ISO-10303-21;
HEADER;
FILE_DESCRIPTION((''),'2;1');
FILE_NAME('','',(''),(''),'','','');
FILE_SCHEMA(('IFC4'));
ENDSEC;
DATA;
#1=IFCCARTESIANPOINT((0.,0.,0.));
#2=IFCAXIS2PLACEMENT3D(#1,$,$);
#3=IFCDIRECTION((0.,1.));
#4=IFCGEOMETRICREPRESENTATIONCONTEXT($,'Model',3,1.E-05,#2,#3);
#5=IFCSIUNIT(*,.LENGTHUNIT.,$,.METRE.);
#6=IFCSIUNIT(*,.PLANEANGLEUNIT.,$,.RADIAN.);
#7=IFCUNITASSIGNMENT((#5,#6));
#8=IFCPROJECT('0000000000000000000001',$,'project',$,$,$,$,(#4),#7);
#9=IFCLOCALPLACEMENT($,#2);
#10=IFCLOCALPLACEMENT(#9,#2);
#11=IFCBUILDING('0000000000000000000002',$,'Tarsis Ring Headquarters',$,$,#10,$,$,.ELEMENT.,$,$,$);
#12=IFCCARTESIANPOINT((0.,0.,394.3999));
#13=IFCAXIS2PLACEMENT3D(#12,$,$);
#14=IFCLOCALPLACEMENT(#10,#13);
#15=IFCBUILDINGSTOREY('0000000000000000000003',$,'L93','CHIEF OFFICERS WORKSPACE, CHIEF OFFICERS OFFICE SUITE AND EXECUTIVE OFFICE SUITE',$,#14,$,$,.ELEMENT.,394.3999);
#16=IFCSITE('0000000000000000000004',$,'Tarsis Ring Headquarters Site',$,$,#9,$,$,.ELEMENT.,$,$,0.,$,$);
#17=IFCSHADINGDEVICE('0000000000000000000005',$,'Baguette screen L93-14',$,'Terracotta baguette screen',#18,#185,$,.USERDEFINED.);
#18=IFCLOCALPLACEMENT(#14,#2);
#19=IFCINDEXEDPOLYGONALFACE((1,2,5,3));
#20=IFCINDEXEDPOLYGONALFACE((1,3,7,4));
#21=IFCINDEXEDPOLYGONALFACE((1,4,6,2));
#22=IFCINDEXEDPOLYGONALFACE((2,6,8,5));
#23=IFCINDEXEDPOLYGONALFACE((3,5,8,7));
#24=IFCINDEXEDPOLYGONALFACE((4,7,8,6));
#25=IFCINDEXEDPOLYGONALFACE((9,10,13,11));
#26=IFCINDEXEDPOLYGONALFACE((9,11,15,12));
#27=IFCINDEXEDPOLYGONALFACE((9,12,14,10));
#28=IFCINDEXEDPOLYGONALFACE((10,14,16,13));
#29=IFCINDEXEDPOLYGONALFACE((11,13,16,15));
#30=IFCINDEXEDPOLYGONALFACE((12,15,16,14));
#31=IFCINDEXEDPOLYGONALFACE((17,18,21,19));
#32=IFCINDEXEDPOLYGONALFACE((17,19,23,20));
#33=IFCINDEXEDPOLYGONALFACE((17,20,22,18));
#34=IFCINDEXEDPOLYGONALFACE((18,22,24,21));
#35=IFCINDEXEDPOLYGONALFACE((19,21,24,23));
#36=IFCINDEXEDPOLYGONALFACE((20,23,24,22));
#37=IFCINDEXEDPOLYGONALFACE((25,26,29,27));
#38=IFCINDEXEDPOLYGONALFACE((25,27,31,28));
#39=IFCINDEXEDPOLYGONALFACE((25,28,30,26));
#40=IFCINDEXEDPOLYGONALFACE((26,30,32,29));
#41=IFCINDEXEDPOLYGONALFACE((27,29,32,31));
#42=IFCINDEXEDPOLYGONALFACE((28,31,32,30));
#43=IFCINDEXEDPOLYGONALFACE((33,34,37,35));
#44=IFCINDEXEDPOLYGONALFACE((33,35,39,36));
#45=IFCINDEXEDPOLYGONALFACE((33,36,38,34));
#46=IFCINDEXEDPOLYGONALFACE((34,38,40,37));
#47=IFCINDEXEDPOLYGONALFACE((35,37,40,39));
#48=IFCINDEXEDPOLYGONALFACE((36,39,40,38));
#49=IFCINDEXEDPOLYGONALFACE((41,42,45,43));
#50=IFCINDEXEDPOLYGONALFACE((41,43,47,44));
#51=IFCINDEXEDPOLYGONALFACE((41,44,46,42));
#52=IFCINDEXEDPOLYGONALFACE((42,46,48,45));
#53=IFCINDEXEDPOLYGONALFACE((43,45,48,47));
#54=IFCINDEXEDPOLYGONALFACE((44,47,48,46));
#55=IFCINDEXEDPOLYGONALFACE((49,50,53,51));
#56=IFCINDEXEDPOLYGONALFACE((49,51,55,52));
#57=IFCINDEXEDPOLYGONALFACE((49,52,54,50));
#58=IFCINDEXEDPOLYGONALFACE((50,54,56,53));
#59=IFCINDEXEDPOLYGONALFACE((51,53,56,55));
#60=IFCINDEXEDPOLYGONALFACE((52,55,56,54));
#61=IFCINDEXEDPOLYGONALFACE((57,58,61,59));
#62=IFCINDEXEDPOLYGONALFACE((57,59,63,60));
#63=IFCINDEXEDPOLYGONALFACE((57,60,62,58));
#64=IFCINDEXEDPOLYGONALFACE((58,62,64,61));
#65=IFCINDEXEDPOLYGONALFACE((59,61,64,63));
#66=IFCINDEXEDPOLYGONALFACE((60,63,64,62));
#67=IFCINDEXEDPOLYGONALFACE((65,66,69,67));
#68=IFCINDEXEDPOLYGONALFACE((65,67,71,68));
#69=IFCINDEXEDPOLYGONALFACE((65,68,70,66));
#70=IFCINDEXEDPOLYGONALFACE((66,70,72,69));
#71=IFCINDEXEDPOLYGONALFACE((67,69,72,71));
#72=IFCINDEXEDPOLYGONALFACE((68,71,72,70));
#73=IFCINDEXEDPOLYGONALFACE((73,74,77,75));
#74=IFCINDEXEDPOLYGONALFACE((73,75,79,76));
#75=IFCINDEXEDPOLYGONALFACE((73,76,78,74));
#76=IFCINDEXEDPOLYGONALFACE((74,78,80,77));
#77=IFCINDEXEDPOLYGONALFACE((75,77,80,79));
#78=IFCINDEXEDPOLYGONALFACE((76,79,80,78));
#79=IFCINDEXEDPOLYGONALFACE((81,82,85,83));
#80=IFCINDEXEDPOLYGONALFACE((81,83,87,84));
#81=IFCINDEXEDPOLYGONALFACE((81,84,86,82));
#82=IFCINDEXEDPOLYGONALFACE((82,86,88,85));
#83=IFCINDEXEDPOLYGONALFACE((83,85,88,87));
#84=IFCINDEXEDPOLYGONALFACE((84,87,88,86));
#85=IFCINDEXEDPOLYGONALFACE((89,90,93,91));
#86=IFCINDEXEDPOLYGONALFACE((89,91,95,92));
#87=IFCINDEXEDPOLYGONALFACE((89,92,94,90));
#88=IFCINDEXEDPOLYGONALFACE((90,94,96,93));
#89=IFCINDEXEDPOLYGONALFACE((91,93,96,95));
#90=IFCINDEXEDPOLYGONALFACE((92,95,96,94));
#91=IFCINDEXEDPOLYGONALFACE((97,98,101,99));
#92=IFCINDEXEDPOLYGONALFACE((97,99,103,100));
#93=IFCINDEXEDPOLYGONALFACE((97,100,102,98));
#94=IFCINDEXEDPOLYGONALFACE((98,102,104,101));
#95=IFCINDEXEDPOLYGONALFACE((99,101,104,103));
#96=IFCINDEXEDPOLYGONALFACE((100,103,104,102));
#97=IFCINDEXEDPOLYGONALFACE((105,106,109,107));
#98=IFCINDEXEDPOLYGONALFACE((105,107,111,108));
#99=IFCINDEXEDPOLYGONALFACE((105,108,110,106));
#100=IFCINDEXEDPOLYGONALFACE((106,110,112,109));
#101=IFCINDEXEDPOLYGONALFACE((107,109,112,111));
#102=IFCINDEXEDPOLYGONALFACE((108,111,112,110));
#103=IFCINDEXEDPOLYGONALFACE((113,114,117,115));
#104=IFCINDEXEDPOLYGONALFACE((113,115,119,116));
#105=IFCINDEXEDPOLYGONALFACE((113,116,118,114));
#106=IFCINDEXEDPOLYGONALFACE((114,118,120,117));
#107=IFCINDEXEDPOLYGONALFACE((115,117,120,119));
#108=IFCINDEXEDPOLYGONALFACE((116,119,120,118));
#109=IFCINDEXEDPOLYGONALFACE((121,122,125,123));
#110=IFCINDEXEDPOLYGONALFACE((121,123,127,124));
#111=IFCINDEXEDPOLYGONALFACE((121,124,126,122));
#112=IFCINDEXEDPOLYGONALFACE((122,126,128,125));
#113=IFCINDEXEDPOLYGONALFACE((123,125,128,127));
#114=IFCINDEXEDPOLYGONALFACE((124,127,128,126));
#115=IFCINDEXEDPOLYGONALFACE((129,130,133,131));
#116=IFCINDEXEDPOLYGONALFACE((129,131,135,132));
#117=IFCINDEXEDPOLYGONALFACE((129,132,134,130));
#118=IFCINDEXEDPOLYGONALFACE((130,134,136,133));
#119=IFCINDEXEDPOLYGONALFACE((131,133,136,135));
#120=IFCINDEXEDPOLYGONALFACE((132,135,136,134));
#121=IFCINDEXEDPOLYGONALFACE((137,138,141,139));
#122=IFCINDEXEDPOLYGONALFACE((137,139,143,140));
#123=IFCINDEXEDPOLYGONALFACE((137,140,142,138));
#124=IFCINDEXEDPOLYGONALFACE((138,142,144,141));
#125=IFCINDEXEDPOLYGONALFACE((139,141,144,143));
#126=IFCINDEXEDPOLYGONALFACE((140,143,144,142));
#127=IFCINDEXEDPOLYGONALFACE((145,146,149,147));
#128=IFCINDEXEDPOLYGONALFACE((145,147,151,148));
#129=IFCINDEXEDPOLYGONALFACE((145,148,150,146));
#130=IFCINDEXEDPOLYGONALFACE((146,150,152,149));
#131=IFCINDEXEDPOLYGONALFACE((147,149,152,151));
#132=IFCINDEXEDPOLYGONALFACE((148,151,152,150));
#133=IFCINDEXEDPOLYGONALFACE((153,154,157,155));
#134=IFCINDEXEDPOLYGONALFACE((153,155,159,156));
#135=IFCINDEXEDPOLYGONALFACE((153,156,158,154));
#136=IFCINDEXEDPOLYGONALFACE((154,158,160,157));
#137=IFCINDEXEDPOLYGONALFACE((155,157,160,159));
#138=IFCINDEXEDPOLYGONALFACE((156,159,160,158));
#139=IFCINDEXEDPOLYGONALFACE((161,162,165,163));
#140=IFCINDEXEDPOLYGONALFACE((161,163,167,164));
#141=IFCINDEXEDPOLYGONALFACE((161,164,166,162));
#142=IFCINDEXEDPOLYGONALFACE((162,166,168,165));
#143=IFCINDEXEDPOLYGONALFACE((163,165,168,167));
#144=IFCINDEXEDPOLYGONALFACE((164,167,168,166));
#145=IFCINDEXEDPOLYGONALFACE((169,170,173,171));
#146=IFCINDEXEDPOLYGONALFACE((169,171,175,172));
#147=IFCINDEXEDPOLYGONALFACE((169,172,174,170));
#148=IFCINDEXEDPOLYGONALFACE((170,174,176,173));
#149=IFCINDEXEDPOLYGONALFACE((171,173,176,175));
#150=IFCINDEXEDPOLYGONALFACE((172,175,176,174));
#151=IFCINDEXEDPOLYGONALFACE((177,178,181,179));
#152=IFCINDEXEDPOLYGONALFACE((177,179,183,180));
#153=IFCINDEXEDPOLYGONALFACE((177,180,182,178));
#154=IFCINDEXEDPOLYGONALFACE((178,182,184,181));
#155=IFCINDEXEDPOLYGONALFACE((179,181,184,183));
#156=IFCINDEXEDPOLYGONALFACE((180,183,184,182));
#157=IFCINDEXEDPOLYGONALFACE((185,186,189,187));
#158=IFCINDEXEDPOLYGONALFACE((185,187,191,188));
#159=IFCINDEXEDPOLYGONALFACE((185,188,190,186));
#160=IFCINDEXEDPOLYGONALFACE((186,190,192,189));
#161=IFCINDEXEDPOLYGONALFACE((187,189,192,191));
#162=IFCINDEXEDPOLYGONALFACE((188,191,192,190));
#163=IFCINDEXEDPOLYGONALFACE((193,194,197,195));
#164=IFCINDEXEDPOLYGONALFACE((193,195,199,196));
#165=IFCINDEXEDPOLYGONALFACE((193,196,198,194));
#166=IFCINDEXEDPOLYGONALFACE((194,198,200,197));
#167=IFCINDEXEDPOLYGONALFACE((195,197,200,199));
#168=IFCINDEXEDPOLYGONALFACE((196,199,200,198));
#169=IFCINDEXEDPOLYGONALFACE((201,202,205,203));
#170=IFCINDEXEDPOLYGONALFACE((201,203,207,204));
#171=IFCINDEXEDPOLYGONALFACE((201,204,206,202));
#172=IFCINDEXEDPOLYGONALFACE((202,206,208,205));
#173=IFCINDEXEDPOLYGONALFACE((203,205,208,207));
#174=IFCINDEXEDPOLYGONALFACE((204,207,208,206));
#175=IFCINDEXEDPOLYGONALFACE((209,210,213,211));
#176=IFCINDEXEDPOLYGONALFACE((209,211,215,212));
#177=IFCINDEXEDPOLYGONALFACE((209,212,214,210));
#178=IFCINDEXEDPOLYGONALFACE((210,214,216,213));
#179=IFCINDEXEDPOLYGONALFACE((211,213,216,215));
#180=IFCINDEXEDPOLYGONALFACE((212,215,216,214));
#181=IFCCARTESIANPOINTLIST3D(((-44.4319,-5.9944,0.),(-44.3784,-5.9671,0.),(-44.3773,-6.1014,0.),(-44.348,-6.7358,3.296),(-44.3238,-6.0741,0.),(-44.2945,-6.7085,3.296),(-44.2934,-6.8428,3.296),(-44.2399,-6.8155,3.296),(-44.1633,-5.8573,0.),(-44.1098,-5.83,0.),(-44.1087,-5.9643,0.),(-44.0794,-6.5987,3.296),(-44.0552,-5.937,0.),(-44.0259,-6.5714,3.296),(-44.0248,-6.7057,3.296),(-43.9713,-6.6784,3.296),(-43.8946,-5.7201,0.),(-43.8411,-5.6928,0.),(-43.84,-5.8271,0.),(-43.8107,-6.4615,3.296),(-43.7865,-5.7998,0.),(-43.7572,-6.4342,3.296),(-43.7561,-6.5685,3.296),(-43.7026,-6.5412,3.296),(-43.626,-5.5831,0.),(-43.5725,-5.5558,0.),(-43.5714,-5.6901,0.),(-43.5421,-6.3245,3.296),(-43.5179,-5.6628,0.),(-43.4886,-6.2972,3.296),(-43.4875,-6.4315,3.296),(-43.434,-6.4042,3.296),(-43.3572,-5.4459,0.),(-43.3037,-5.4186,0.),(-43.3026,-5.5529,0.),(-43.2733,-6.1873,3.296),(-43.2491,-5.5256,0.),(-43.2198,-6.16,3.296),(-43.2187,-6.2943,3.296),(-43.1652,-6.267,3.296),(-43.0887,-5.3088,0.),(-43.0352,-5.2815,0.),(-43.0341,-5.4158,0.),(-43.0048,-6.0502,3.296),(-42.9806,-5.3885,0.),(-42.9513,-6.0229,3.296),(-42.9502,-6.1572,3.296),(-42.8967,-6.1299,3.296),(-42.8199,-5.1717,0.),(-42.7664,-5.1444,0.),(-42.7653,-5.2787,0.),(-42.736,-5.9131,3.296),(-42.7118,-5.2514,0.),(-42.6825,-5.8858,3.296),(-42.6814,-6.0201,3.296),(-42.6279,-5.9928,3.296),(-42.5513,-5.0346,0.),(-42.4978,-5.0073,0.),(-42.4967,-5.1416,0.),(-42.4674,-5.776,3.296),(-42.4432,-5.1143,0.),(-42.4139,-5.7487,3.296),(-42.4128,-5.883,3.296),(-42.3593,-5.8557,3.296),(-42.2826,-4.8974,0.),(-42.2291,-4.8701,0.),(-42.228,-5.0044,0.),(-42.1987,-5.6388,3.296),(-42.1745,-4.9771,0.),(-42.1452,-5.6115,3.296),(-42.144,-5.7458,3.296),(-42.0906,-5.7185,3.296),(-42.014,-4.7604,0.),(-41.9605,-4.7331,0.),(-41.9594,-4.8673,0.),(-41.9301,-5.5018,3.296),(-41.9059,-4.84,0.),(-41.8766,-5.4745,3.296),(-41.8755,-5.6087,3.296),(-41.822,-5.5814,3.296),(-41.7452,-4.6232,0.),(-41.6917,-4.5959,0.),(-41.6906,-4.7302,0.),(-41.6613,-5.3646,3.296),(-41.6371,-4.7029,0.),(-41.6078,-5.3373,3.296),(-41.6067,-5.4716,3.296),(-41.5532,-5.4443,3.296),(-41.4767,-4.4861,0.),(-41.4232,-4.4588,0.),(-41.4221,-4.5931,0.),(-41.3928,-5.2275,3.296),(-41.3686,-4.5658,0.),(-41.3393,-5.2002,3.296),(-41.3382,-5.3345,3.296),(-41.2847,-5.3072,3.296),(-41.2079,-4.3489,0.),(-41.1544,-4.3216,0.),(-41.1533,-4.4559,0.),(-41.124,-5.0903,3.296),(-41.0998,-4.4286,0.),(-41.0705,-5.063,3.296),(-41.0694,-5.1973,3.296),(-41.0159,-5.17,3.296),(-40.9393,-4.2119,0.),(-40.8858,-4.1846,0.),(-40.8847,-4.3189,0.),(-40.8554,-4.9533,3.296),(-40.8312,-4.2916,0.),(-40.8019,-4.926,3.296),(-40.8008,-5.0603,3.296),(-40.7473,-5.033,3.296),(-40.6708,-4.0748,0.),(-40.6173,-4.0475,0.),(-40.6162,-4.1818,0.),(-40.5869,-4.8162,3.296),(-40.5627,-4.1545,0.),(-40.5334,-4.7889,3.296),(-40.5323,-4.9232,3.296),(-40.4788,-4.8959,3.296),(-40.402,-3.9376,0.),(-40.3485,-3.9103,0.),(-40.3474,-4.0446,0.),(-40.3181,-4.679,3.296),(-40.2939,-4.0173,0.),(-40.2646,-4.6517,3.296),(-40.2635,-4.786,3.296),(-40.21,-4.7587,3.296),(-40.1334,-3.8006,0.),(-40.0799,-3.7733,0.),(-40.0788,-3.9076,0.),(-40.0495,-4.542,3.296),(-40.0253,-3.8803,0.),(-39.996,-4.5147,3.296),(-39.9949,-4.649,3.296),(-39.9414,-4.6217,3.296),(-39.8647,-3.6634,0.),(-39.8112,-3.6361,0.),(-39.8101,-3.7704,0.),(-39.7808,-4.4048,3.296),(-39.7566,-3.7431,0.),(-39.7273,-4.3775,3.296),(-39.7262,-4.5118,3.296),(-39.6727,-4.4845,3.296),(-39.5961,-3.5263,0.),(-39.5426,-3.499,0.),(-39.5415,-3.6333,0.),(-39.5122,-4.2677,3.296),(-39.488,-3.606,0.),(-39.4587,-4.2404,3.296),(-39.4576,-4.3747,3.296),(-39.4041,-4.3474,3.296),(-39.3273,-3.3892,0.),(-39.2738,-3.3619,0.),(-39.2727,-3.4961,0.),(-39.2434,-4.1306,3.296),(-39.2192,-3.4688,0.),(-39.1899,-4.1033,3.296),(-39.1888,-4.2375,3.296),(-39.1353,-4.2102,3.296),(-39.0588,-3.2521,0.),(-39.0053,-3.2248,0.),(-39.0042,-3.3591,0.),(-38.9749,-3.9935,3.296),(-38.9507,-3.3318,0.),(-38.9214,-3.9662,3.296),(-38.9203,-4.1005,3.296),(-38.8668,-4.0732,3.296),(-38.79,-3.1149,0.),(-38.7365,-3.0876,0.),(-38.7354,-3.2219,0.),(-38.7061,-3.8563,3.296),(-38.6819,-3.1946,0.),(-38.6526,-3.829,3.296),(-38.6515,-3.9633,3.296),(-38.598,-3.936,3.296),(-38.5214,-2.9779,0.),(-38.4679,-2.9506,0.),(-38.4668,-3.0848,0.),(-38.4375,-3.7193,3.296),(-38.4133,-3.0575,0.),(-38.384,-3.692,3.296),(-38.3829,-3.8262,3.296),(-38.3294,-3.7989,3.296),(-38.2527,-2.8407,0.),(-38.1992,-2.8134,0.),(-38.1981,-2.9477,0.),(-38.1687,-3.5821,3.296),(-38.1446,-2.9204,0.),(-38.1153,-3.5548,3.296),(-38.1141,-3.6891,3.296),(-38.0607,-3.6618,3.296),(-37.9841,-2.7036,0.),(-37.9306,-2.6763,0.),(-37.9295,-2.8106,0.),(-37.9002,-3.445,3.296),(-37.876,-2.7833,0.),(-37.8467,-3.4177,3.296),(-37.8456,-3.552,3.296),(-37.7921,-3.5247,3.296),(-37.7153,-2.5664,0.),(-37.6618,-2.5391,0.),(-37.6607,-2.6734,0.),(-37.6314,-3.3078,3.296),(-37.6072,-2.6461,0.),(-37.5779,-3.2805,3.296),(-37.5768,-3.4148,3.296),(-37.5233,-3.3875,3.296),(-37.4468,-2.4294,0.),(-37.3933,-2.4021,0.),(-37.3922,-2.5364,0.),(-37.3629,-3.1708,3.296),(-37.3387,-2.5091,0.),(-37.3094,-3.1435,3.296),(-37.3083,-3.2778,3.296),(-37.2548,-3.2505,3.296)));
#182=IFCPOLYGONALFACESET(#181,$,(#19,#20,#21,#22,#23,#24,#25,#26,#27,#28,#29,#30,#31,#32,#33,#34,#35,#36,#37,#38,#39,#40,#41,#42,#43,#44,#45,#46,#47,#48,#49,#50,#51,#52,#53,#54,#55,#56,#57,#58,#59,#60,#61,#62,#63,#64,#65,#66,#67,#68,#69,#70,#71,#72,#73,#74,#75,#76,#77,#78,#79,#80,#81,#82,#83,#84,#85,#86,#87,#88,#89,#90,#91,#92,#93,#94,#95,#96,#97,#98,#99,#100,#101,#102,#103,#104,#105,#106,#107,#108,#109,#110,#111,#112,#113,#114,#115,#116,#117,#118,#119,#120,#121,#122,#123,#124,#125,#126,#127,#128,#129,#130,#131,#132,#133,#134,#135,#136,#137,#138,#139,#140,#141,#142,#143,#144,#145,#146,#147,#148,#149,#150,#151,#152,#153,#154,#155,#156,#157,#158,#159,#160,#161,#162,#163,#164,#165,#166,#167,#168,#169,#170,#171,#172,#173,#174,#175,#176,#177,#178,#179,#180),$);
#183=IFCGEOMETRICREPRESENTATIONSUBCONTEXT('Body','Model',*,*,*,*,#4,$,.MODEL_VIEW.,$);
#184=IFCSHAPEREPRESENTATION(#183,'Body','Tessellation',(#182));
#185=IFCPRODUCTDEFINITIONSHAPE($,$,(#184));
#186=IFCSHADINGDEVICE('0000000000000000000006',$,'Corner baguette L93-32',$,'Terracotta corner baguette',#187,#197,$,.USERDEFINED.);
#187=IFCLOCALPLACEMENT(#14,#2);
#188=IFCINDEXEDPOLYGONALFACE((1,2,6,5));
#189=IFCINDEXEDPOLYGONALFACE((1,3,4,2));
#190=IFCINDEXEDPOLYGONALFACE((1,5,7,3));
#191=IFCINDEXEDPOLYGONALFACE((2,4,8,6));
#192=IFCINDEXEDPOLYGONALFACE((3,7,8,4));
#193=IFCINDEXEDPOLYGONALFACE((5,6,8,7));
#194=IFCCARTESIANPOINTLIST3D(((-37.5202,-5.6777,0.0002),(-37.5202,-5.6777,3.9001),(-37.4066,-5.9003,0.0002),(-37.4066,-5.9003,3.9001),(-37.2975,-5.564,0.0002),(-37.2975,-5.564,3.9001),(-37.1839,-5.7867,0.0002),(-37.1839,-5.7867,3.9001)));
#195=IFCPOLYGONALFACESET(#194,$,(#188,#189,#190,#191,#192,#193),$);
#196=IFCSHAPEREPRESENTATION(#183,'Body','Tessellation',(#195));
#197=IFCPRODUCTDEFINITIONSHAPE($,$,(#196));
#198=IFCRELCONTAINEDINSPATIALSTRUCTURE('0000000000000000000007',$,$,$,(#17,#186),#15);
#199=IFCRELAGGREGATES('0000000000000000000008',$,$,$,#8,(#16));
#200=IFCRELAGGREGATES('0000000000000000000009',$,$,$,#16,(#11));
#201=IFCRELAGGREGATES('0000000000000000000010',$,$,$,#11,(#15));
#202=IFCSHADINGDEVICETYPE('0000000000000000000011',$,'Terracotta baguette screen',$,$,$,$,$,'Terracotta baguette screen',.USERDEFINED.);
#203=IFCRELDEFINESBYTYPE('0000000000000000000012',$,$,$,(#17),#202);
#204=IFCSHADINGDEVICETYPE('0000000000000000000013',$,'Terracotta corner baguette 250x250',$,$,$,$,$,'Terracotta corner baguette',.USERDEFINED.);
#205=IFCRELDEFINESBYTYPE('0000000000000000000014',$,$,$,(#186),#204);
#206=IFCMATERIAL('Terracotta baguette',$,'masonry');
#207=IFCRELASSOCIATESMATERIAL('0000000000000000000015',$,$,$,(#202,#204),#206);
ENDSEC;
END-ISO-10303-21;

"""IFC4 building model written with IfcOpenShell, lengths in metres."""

from ifc_helpers import new_model, si_unit, direction, frame, frame_2d, origin, origin_2d, place, context, subcontext, project, spatial, rectangle, composite_profile, extrude, material, type_object, element, save


model = new_model("IFC4")

# Units and contexts
model_context = context("Model", 3, precision=1e-05, world=origin(), true_north=direction((0.0, 1.0)))
body_context = subcontext(model_context, "Body", "Model", "MODEL_VIEW")
ifc_project = project(units=[si_unit("LENGTHUNIT", "METRE"), si_unit("PLANEANGLEUNIT", "RADIAN")], contexts=[model_context])

# Site, building, storey
site_placement = place(None, origin())
site = spatial("IfcSite", under=ifc_project, at=site_placement, Name="Tarsis Ring Headquarters Site", CompositionType="ELEMENT", RefElevation=0.0)
building_placement = place(site_placement, origin())
building = spatial("IfcBuilding", under=site, at=building_placement, Name="Tarsis Ring Headquarters", CompositionType="ELEMENT")
storey_placement = place(building_placement, frame((0.0, 0.0, 394.3999)))
storey = spatial("IfcBuildingStorey", under=building, at=storey_placement, Name="L93", Description="CHIEF OFFICERS WORKSPACE, CHIEF OFFICERS OFFICE SUITE AND EXECUTIVE OFFICE SUITE", CompositionType="ELEMENT", Elevation=394.3999)

# Shading devices
ifc_material_1 = material(Name="Terracotta baguette", Category="masonry")
shading_device_type_1 = type_object("IfcShadingDeviceType", Name="Terracotta baguette screen", ElementType="Terracotta baguette screen", PredefinedType="USERDEFINED", material=ifc_material_1)
shading_device_1_placement = place(storey_placement, frame((-37.366, -2.4556, 0.0), z_axis=(0.0, 0.0, 1.0), x_axis=(-0.890695, -0.454585, 0.0)))
element("IfcShadingDevice", 1, at=shading_device_1_placement, inside=storey, type_object=shading_device_type_1, Name="Baguette screen L93-14", ObjectType="Terracotta baguette screen", PredefinedType="USERDEFINED", context=body_context, shape_type="SweptSolid", body=[
    extrude(composite_profile([rectangle(XDim=0.0601, YDim=0.1201, at=frame_2d((0.03, 0.0))), rectangle(XDim=0.0601, YDim=0.1201, at=frame_2d((0.3315, 0.0))), rectangle(XDim=0.0601, YDim=0.1201, at=frame_2d((0.6333, 0.0))), rectangle(XDim=0.0601, YDim=0.1201, at=frame_2d((0.9348, 0.0))), rectangle(XDim=0.0601, YDim=0.1201, at=frame_2d((1.2366, 0.0))), rectangle(XDim=0.0601, YDim=0.1201, at=frame_2d((1.5381, 0.0))), rectangle(XDim=0.0601, YDim=0.1201, at=frame_2d((1.8398, 0.0))), rectangle(XDim=0.0601, YDim=0.1201, at=frame_2d((2.1414, 0.0))), rectangle(XDim=0.0601, YDim=0.1201, at=frame_2d((2.4431, 0.0))), rectangle(XDim=0.0601, YDim=0.1201, at=frame_2d((2.7446, 0.0))), rectangle(XDim=0.0601, YDim=0.1201, at=frame_2d((3.0464, 0.0))), rectangle(XDim=0.0601, YDim=0.1201, at=frame_2d((3.3479, 0.0))), rectangle(XDim=0.0601, YDim=0.1201, at=frame_2d((3.6497, 0.0))), rectangle(XDim=0.0601, YDim=0.1201, at=frame_2d((3.9512, 0.0))), rectangle(XDim=0.0601, YDim=0.1201, at=frame_2d((4.2527, 0.0))), rectangle(XDim=0.0601, YDim=0.1201, at=frame_2d((4.5544, 0.0))), rectangle(XDim=0.0601, YDim=0.1201, at=frame_2d((4.856, 0.0))), rectangle(XDim=0.0601, YDim=0.1201, at=frame_2d((5.1577, 0.0))), rectangle(XDim=0.0601, YDim=0.1201, at=frame_2d((5.4592, 0.0))), rectangle(XDim=0.0601, YDim=0.1201, at=frame_2d((5.761, 0.0))), rectangle(XDim=0.0601, YDim=0.1201, at=frame_2d((6.0625, 0.0))), rectangle(XDim=0.0601, YDim=0.1201, at=frame_2d((6.3643, 0.0))), rectangle(XDim=0.0601, YDim=0.1201, at=frame_2d((6.6658, 0.0))), rectangle(XDim=0.0601, YDim=0.1201, at=frame_2d((6.9675, 0.0))), rectangle(XDim=0.0601, YDim=0.1201, at=frame_2d((7.269, 0.0))), rectangle(XDim=0.0601, YDim=0.1201, at=frame_2d((7.5708, 0.0))), rectangle(XDim=0.0601, YDim=0.1201, at=frame_2d((7.8723, 0.0)))]), origin(), (0.077616, 0.206696, 0.975322), 3.3794),
])
shading_device_type_2 = type_object("IfcShadingDeviceType", Name="Terracotta corner baguette 250x250", ElementType="Terracotta corner baguette", PredefinedType="USERDEFINED", material=ifc_material_1)
shading_device_2_placement = place(storey_placement, frame((-37.3521, -5.7322, 0.0002), z_axis=(0.0, 0.0, 1.0), x_axis=(-0.890689, -0.454612, 0.0)))
element("IfcShadingDevice", 2, at=shading_device_2_placement, inside=storey, type_object=shading_device_type_2, Name="Corner baguette L93-32", ObjectType="Terracotta corner baguette", PredefinedType="USERDEFINED", context=body_context, shape_type="SweptSolid", body=[
    extrude(rectangle(XDim=0.25, YDim=0.25, at=origin_2d()), origin(), (0.0, 0.0, 1.0), 3.8999),
])

save(model, "model.ifc")
